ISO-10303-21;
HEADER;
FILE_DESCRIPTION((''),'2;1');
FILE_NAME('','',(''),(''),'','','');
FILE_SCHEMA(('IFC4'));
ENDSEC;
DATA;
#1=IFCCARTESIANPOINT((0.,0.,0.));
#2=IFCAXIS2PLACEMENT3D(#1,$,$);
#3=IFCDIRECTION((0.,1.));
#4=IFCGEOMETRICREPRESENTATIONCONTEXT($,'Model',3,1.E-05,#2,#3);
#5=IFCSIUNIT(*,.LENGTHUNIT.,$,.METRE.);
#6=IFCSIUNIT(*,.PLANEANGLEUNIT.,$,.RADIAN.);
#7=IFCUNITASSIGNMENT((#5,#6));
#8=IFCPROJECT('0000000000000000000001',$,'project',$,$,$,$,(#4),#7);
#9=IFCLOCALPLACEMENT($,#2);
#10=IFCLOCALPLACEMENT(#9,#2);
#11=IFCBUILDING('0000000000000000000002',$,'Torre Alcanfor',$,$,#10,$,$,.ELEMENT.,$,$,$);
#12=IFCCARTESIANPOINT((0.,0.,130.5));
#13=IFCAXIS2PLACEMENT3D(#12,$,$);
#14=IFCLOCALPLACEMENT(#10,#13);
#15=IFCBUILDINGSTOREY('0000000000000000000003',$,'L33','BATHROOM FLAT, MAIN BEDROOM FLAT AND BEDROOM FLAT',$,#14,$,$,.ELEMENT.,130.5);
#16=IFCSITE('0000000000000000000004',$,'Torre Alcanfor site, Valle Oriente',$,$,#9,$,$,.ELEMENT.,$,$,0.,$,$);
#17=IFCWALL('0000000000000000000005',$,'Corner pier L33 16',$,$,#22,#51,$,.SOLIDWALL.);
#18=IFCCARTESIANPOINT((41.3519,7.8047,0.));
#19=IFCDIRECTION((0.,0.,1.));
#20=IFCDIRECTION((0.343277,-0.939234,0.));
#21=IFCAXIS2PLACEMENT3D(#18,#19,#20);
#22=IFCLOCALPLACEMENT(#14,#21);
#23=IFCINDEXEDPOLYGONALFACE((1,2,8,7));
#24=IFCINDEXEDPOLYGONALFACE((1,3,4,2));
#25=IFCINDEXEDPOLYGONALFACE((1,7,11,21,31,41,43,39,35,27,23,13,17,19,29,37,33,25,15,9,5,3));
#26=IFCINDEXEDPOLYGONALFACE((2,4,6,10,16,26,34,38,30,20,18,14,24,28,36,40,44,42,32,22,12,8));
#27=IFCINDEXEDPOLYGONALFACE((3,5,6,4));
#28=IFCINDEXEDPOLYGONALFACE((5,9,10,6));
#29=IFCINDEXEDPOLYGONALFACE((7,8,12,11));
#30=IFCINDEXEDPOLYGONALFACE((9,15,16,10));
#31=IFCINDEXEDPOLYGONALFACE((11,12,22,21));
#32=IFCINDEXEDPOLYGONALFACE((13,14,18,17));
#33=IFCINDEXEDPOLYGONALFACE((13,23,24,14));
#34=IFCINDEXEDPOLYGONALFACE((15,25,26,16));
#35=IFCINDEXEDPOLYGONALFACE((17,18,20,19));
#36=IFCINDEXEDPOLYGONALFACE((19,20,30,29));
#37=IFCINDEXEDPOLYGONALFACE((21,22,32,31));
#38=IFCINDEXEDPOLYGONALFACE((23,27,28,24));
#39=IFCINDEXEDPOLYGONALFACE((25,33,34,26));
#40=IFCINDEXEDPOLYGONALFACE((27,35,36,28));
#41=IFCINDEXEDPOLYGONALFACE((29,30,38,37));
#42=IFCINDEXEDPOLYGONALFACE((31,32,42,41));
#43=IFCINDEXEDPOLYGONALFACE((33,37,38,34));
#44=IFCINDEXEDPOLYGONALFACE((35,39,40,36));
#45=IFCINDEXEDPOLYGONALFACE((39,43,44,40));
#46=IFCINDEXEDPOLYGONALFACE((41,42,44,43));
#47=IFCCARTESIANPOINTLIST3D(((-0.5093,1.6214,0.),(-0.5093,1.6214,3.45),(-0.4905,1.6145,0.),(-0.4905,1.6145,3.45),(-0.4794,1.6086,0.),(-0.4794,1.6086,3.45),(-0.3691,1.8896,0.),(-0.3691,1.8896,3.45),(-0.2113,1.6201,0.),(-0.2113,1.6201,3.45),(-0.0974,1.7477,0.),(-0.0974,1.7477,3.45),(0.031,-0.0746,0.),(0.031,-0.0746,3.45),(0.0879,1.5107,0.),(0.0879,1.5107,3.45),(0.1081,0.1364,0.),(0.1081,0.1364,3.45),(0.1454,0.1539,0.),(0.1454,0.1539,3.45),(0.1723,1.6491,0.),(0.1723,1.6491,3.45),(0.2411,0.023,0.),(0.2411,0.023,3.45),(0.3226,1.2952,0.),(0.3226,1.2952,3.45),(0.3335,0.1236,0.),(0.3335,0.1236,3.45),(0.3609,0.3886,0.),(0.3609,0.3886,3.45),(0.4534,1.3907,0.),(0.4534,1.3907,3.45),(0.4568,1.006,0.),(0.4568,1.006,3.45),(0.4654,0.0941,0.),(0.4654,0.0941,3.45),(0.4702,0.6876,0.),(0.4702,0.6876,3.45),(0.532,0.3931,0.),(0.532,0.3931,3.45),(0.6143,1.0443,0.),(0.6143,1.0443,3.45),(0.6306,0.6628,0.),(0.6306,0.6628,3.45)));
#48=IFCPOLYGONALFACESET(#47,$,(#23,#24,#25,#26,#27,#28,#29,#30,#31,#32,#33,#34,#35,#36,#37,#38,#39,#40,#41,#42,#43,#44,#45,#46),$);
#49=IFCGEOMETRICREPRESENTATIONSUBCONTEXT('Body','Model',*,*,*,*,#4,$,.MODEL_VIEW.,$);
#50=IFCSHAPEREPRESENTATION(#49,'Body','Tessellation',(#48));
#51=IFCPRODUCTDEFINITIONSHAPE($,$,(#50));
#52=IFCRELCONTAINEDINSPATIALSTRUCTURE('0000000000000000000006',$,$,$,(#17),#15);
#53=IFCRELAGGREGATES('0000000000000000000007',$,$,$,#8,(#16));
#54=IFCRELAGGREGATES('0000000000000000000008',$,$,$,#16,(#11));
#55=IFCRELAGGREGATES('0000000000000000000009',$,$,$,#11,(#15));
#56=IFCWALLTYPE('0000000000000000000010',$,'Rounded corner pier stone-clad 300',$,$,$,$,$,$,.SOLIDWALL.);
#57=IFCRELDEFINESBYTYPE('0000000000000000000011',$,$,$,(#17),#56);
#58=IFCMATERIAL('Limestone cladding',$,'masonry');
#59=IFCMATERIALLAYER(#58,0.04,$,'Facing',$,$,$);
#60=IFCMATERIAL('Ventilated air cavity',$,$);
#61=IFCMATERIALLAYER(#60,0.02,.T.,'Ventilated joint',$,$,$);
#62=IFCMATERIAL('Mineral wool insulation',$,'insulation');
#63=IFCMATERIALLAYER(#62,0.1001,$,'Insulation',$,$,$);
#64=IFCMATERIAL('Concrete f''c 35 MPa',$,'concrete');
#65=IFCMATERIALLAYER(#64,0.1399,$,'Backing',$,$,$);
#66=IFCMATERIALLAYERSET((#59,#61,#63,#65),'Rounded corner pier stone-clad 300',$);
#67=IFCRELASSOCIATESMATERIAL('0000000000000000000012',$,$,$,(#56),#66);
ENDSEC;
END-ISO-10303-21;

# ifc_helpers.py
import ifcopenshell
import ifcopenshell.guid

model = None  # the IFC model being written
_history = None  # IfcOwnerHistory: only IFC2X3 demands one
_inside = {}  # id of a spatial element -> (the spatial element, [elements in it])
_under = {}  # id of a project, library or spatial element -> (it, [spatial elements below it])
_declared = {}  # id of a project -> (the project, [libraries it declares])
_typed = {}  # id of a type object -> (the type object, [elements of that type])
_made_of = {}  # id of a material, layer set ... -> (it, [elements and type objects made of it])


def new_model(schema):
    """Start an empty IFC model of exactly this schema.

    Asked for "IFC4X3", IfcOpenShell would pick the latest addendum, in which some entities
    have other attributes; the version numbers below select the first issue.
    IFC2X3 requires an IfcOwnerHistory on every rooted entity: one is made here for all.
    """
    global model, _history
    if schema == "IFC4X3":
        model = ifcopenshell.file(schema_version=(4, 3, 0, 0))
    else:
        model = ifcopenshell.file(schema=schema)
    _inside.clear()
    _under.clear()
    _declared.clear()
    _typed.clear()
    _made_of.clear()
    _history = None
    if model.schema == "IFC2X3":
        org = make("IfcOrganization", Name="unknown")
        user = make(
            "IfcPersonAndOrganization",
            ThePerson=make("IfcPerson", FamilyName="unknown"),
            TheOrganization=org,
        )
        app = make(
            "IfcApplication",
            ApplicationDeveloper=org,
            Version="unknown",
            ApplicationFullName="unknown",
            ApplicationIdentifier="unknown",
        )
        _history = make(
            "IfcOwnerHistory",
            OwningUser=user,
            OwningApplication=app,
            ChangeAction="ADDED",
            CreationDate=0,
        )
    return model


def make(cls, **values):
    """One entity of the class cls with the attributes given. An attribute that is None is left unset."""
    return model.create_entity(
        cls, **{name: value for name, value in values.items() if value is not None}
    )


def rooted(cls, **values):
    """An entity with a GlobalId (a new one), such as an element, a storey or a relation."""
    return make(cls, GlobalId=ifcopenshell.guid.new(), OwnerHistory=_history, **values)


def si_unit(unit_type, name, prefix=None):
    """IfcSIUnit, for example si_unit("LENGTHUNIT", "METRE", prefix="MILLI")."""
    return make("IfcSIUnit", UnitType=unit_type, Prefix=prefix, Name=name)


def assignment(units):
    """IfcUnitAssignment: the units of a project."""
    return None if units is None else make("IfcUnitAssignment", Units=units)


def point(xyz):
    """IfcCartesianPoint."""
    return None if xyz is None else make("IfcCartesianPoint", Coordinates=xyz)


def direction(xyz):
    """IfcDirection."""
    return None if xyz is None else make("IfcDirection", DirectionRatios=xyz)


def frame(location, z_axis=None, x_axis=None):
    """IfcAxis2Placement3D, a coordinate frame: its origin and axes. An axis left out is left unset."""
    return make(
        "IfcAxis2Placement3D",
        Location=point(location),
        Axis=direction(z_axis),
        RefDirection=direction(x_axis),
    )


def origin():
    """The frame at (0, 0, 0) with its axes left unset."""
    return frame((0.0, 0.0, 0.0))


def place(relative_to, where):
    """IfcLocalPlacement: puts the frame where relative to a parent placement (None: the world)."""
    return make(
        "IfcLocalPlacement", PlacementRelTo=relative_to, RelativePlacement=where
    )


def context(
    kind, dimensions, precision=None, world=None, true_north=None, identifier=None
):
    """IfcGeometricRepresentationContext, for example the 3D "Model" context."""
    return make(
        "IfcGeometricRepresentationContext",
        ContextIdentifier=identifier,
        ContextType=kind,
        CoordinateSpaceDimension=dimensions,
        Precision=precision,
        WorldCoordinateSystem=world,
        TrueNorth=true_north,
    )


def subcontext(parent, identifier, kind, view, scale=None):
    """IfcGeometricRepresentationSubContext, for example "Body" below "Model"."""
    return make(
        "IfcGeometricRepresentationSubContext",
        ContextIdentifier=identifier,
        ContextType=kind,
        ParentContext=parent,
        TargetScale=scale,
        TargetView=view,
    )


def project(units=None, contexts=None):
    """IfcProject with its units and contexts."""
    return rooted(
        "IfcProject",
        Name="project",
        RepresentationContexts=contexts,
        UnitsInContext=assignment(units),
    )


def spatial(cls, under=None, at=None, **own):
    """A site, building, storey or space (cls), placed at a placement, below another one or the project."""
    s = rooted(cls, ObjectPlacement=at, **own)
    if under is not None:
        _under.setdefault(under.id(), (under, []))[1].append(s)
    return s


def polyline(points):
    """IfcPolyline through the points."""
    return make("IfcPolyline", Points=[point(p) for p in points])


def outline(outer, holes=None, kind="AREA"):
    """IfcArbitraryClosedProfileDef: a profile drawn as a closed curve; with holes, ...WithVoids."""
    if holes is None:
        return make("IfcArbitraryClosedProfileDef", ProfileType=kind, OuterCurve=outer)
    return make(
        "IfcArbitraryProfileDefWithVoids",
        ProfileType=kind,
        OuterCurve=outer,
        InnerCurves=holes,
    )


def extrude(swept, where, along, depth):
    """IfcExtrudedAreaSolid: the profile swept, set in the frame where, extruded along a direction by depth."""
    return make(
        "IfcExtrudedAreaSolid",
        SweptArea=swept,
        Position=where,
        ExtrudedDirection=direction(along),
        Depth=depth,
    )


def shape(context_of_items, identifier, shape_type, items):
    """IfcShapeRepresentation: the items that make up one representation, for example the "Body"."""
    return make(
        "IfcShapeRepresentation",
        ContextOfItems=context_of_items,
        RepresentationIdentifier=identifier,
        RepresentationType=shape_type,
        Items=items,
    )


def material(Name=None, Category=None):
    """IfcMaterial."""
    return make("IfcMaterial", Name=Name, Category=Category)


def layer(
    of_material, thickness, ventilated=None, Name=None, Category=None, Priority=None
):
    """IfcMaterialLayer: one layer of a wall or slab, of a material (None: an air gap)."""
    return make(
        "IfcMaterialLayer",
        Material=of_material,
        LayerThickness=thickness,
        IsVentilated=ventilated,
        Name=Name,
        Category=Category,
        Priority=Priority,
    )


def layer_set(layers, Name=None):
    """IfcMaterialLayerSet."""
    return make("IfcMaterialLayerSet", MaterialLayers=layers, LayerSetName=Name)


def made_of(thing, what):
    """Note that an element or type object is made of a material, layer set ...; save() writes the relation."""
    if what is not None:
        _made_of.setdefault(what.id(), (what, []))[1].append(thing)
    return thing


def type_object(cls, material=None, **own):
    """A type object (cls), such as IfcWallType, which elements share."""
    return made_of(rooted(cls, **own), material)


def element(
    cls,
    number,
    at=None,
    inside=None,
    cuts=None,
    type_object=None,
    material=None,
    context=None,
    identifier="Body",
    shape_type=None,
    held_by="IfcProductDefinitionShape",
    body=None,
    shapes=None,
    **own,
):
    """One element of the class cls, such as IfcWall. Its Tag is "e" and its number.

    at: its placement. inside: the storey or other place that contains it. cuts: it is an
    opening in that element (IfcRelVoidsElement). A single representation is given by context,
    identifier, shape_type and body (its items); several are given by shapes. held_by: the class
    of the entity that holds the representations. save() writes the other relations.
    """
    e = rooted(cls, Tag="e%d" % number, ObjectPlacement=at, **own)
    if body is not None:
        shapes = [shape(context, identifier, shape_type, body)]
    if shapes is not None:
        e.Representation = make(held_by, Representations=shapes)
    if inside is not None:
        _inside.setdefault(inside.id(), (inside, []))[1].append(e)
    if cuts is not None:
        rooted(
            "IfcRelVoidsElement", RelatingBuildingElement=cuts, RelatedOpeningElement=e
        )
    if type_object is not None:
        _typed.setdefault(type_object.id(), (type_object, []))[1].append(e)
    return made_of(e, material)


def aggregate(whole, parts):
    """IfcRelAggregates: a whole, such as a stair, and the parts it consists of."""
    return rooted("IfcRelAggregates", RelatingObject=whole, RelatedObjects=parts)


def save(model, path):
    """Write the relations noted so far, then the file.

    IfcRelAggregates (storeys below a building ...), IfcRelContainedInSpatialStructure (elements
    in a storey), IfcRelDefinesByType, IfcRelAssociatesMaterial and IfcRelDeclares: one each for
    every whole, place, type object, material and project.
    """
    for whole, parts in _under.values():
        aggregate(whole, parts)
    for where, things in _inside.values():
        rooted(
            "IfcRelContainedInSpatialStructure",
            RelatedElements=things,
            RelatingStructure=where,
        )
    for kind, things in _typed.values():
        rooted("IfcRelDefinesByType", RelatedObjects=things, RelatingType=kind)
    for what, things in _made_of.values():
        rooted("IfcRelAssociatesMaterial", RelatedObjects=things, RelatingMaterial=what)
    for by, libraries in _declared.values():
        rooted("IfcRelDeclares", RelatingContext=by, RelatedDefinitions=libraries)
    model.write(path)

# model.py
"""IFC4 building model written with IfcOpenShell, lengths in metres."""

from ifc_helpers import new_model, si_unit, direction, frame, origin, place, context, subcontext, project, spatial, polyline, outline, extrude, material, layer, layer_set, type_object, element, save


model = new_model("IFC4")

# Units and contexts
model_context = context("Model", 3, precision=1e-05, world=origin(), true_north=direction((0.0, 1.0)))
body_context = subcontext(model_context, "Body", "Model", "MODEL_VIEW")
ifc_project = project(units=[si_unit("LENGTHUNIT", "METRE"), si_unit("PLANEANGLEUNIT", "RADIAN")], contexts=[model_context])

# Site, building, storey
site_placement = place(None, origin())
site = spatial("IfcSite", under=ifc_project, at=site_placement, Name="Torre Alcanfor site, Valle Oriente", CompositionType="ELEMENT", RefElevation=0.0)
building_placement = place(site_placement, origin())
building = spatial("IfcBuilding", under=site, at=building_placement, Name="Torre Alcanfor", CompositionType="ELEMENT")
storey_placement = place(building_placement, frame((0.0, 0.0, 130.5)))
storey = spatial("IfcBuildingStorey", under=building, at=storey_placement, Name="L33", Description="BATHROOM FLAT, MAIN BEDROOM FLAT AND BEDROOM FLAT", CompositionType="ELEMENT", Elevation=130.5)

# Wall
ifc_material_1 = material(Name="Limestone cladding", Category="masonry")
ifc_layer_1 = layer(ifc_material_1, 0.04, Name="Facing")
ifc_material_2 = material(Name="Ventilated air cavity")
ifc_layer_2 = layer(ifc_material_2, 0.02, ventilated=True, Name="Ventilated joint")
ifc_material_3 = material(Name="Mineral wool insulation", Category="insulation")
ifc_layer_3 = layer(ifc_material_3, 0.1001, Name="Insulation")
ifc_material_4 = material(Name="Concrete f'c 35 MPa", Category="concrete")
ifc_layer_4 = layer(ifc_material_4, 0.1399, Name="Backing")
ifc_layer_set_1 = layer_set([ifc_layer_1, ifc_layer_2, ifc_layer_3, ifc_layer_4], Name="Rounded corner pier stone-clad 300")
wall_type_1 = type_object("IfcWallType", Name="Rounded corner pier stone-clad 300", PredefinedType="SOLIDWALL", material=ifc_layer_set_1)
wall_1_placement = place(storey_placement, frame((41.3519, 7.8047, 0.0), z_axis=(0.0, 0.0, 1.0), x_axis=(0.343277, -0.939234, 0.0)))
element("IfcWall", 1, at=wall_1_placement, inside=storey, type_object=wall_type_1, Name="Corner pier L33 16", PredefinedType="SOLIDWALL", context=body_context, shape_type="SweptSolid", body=[
    extrude(outline(polyline([(-0.3691, 1.8896), (-0.5093, 1.6214), (-0.4905, 1.6145), (-0.4794, 1.6086), (-0.2113, 1.6201), (0.0879, 1.5107), (0.3226, 1.2952), (0.4568, 1.006), (0.4702, 0.6876), (0.3609, 0.3886), (0.1454, 0.1539), (0.1081, 0.1364), (0.031, -0.0746), (0.2411, 0.023), (0.3335, 0.1236), (0.4654, 0.0941), (0.532, 0.3931), (0.6306, 0.6628), (0.6143, 1.0443), (0.4534, 1.3907), (0.1723, 1.6491), (-0.0974, 1.7477), (-0.3691, 1.8896)])), origin(), (0.0, 0.0, 1.0), 3.45),
])

save(model, "model.ifc")
